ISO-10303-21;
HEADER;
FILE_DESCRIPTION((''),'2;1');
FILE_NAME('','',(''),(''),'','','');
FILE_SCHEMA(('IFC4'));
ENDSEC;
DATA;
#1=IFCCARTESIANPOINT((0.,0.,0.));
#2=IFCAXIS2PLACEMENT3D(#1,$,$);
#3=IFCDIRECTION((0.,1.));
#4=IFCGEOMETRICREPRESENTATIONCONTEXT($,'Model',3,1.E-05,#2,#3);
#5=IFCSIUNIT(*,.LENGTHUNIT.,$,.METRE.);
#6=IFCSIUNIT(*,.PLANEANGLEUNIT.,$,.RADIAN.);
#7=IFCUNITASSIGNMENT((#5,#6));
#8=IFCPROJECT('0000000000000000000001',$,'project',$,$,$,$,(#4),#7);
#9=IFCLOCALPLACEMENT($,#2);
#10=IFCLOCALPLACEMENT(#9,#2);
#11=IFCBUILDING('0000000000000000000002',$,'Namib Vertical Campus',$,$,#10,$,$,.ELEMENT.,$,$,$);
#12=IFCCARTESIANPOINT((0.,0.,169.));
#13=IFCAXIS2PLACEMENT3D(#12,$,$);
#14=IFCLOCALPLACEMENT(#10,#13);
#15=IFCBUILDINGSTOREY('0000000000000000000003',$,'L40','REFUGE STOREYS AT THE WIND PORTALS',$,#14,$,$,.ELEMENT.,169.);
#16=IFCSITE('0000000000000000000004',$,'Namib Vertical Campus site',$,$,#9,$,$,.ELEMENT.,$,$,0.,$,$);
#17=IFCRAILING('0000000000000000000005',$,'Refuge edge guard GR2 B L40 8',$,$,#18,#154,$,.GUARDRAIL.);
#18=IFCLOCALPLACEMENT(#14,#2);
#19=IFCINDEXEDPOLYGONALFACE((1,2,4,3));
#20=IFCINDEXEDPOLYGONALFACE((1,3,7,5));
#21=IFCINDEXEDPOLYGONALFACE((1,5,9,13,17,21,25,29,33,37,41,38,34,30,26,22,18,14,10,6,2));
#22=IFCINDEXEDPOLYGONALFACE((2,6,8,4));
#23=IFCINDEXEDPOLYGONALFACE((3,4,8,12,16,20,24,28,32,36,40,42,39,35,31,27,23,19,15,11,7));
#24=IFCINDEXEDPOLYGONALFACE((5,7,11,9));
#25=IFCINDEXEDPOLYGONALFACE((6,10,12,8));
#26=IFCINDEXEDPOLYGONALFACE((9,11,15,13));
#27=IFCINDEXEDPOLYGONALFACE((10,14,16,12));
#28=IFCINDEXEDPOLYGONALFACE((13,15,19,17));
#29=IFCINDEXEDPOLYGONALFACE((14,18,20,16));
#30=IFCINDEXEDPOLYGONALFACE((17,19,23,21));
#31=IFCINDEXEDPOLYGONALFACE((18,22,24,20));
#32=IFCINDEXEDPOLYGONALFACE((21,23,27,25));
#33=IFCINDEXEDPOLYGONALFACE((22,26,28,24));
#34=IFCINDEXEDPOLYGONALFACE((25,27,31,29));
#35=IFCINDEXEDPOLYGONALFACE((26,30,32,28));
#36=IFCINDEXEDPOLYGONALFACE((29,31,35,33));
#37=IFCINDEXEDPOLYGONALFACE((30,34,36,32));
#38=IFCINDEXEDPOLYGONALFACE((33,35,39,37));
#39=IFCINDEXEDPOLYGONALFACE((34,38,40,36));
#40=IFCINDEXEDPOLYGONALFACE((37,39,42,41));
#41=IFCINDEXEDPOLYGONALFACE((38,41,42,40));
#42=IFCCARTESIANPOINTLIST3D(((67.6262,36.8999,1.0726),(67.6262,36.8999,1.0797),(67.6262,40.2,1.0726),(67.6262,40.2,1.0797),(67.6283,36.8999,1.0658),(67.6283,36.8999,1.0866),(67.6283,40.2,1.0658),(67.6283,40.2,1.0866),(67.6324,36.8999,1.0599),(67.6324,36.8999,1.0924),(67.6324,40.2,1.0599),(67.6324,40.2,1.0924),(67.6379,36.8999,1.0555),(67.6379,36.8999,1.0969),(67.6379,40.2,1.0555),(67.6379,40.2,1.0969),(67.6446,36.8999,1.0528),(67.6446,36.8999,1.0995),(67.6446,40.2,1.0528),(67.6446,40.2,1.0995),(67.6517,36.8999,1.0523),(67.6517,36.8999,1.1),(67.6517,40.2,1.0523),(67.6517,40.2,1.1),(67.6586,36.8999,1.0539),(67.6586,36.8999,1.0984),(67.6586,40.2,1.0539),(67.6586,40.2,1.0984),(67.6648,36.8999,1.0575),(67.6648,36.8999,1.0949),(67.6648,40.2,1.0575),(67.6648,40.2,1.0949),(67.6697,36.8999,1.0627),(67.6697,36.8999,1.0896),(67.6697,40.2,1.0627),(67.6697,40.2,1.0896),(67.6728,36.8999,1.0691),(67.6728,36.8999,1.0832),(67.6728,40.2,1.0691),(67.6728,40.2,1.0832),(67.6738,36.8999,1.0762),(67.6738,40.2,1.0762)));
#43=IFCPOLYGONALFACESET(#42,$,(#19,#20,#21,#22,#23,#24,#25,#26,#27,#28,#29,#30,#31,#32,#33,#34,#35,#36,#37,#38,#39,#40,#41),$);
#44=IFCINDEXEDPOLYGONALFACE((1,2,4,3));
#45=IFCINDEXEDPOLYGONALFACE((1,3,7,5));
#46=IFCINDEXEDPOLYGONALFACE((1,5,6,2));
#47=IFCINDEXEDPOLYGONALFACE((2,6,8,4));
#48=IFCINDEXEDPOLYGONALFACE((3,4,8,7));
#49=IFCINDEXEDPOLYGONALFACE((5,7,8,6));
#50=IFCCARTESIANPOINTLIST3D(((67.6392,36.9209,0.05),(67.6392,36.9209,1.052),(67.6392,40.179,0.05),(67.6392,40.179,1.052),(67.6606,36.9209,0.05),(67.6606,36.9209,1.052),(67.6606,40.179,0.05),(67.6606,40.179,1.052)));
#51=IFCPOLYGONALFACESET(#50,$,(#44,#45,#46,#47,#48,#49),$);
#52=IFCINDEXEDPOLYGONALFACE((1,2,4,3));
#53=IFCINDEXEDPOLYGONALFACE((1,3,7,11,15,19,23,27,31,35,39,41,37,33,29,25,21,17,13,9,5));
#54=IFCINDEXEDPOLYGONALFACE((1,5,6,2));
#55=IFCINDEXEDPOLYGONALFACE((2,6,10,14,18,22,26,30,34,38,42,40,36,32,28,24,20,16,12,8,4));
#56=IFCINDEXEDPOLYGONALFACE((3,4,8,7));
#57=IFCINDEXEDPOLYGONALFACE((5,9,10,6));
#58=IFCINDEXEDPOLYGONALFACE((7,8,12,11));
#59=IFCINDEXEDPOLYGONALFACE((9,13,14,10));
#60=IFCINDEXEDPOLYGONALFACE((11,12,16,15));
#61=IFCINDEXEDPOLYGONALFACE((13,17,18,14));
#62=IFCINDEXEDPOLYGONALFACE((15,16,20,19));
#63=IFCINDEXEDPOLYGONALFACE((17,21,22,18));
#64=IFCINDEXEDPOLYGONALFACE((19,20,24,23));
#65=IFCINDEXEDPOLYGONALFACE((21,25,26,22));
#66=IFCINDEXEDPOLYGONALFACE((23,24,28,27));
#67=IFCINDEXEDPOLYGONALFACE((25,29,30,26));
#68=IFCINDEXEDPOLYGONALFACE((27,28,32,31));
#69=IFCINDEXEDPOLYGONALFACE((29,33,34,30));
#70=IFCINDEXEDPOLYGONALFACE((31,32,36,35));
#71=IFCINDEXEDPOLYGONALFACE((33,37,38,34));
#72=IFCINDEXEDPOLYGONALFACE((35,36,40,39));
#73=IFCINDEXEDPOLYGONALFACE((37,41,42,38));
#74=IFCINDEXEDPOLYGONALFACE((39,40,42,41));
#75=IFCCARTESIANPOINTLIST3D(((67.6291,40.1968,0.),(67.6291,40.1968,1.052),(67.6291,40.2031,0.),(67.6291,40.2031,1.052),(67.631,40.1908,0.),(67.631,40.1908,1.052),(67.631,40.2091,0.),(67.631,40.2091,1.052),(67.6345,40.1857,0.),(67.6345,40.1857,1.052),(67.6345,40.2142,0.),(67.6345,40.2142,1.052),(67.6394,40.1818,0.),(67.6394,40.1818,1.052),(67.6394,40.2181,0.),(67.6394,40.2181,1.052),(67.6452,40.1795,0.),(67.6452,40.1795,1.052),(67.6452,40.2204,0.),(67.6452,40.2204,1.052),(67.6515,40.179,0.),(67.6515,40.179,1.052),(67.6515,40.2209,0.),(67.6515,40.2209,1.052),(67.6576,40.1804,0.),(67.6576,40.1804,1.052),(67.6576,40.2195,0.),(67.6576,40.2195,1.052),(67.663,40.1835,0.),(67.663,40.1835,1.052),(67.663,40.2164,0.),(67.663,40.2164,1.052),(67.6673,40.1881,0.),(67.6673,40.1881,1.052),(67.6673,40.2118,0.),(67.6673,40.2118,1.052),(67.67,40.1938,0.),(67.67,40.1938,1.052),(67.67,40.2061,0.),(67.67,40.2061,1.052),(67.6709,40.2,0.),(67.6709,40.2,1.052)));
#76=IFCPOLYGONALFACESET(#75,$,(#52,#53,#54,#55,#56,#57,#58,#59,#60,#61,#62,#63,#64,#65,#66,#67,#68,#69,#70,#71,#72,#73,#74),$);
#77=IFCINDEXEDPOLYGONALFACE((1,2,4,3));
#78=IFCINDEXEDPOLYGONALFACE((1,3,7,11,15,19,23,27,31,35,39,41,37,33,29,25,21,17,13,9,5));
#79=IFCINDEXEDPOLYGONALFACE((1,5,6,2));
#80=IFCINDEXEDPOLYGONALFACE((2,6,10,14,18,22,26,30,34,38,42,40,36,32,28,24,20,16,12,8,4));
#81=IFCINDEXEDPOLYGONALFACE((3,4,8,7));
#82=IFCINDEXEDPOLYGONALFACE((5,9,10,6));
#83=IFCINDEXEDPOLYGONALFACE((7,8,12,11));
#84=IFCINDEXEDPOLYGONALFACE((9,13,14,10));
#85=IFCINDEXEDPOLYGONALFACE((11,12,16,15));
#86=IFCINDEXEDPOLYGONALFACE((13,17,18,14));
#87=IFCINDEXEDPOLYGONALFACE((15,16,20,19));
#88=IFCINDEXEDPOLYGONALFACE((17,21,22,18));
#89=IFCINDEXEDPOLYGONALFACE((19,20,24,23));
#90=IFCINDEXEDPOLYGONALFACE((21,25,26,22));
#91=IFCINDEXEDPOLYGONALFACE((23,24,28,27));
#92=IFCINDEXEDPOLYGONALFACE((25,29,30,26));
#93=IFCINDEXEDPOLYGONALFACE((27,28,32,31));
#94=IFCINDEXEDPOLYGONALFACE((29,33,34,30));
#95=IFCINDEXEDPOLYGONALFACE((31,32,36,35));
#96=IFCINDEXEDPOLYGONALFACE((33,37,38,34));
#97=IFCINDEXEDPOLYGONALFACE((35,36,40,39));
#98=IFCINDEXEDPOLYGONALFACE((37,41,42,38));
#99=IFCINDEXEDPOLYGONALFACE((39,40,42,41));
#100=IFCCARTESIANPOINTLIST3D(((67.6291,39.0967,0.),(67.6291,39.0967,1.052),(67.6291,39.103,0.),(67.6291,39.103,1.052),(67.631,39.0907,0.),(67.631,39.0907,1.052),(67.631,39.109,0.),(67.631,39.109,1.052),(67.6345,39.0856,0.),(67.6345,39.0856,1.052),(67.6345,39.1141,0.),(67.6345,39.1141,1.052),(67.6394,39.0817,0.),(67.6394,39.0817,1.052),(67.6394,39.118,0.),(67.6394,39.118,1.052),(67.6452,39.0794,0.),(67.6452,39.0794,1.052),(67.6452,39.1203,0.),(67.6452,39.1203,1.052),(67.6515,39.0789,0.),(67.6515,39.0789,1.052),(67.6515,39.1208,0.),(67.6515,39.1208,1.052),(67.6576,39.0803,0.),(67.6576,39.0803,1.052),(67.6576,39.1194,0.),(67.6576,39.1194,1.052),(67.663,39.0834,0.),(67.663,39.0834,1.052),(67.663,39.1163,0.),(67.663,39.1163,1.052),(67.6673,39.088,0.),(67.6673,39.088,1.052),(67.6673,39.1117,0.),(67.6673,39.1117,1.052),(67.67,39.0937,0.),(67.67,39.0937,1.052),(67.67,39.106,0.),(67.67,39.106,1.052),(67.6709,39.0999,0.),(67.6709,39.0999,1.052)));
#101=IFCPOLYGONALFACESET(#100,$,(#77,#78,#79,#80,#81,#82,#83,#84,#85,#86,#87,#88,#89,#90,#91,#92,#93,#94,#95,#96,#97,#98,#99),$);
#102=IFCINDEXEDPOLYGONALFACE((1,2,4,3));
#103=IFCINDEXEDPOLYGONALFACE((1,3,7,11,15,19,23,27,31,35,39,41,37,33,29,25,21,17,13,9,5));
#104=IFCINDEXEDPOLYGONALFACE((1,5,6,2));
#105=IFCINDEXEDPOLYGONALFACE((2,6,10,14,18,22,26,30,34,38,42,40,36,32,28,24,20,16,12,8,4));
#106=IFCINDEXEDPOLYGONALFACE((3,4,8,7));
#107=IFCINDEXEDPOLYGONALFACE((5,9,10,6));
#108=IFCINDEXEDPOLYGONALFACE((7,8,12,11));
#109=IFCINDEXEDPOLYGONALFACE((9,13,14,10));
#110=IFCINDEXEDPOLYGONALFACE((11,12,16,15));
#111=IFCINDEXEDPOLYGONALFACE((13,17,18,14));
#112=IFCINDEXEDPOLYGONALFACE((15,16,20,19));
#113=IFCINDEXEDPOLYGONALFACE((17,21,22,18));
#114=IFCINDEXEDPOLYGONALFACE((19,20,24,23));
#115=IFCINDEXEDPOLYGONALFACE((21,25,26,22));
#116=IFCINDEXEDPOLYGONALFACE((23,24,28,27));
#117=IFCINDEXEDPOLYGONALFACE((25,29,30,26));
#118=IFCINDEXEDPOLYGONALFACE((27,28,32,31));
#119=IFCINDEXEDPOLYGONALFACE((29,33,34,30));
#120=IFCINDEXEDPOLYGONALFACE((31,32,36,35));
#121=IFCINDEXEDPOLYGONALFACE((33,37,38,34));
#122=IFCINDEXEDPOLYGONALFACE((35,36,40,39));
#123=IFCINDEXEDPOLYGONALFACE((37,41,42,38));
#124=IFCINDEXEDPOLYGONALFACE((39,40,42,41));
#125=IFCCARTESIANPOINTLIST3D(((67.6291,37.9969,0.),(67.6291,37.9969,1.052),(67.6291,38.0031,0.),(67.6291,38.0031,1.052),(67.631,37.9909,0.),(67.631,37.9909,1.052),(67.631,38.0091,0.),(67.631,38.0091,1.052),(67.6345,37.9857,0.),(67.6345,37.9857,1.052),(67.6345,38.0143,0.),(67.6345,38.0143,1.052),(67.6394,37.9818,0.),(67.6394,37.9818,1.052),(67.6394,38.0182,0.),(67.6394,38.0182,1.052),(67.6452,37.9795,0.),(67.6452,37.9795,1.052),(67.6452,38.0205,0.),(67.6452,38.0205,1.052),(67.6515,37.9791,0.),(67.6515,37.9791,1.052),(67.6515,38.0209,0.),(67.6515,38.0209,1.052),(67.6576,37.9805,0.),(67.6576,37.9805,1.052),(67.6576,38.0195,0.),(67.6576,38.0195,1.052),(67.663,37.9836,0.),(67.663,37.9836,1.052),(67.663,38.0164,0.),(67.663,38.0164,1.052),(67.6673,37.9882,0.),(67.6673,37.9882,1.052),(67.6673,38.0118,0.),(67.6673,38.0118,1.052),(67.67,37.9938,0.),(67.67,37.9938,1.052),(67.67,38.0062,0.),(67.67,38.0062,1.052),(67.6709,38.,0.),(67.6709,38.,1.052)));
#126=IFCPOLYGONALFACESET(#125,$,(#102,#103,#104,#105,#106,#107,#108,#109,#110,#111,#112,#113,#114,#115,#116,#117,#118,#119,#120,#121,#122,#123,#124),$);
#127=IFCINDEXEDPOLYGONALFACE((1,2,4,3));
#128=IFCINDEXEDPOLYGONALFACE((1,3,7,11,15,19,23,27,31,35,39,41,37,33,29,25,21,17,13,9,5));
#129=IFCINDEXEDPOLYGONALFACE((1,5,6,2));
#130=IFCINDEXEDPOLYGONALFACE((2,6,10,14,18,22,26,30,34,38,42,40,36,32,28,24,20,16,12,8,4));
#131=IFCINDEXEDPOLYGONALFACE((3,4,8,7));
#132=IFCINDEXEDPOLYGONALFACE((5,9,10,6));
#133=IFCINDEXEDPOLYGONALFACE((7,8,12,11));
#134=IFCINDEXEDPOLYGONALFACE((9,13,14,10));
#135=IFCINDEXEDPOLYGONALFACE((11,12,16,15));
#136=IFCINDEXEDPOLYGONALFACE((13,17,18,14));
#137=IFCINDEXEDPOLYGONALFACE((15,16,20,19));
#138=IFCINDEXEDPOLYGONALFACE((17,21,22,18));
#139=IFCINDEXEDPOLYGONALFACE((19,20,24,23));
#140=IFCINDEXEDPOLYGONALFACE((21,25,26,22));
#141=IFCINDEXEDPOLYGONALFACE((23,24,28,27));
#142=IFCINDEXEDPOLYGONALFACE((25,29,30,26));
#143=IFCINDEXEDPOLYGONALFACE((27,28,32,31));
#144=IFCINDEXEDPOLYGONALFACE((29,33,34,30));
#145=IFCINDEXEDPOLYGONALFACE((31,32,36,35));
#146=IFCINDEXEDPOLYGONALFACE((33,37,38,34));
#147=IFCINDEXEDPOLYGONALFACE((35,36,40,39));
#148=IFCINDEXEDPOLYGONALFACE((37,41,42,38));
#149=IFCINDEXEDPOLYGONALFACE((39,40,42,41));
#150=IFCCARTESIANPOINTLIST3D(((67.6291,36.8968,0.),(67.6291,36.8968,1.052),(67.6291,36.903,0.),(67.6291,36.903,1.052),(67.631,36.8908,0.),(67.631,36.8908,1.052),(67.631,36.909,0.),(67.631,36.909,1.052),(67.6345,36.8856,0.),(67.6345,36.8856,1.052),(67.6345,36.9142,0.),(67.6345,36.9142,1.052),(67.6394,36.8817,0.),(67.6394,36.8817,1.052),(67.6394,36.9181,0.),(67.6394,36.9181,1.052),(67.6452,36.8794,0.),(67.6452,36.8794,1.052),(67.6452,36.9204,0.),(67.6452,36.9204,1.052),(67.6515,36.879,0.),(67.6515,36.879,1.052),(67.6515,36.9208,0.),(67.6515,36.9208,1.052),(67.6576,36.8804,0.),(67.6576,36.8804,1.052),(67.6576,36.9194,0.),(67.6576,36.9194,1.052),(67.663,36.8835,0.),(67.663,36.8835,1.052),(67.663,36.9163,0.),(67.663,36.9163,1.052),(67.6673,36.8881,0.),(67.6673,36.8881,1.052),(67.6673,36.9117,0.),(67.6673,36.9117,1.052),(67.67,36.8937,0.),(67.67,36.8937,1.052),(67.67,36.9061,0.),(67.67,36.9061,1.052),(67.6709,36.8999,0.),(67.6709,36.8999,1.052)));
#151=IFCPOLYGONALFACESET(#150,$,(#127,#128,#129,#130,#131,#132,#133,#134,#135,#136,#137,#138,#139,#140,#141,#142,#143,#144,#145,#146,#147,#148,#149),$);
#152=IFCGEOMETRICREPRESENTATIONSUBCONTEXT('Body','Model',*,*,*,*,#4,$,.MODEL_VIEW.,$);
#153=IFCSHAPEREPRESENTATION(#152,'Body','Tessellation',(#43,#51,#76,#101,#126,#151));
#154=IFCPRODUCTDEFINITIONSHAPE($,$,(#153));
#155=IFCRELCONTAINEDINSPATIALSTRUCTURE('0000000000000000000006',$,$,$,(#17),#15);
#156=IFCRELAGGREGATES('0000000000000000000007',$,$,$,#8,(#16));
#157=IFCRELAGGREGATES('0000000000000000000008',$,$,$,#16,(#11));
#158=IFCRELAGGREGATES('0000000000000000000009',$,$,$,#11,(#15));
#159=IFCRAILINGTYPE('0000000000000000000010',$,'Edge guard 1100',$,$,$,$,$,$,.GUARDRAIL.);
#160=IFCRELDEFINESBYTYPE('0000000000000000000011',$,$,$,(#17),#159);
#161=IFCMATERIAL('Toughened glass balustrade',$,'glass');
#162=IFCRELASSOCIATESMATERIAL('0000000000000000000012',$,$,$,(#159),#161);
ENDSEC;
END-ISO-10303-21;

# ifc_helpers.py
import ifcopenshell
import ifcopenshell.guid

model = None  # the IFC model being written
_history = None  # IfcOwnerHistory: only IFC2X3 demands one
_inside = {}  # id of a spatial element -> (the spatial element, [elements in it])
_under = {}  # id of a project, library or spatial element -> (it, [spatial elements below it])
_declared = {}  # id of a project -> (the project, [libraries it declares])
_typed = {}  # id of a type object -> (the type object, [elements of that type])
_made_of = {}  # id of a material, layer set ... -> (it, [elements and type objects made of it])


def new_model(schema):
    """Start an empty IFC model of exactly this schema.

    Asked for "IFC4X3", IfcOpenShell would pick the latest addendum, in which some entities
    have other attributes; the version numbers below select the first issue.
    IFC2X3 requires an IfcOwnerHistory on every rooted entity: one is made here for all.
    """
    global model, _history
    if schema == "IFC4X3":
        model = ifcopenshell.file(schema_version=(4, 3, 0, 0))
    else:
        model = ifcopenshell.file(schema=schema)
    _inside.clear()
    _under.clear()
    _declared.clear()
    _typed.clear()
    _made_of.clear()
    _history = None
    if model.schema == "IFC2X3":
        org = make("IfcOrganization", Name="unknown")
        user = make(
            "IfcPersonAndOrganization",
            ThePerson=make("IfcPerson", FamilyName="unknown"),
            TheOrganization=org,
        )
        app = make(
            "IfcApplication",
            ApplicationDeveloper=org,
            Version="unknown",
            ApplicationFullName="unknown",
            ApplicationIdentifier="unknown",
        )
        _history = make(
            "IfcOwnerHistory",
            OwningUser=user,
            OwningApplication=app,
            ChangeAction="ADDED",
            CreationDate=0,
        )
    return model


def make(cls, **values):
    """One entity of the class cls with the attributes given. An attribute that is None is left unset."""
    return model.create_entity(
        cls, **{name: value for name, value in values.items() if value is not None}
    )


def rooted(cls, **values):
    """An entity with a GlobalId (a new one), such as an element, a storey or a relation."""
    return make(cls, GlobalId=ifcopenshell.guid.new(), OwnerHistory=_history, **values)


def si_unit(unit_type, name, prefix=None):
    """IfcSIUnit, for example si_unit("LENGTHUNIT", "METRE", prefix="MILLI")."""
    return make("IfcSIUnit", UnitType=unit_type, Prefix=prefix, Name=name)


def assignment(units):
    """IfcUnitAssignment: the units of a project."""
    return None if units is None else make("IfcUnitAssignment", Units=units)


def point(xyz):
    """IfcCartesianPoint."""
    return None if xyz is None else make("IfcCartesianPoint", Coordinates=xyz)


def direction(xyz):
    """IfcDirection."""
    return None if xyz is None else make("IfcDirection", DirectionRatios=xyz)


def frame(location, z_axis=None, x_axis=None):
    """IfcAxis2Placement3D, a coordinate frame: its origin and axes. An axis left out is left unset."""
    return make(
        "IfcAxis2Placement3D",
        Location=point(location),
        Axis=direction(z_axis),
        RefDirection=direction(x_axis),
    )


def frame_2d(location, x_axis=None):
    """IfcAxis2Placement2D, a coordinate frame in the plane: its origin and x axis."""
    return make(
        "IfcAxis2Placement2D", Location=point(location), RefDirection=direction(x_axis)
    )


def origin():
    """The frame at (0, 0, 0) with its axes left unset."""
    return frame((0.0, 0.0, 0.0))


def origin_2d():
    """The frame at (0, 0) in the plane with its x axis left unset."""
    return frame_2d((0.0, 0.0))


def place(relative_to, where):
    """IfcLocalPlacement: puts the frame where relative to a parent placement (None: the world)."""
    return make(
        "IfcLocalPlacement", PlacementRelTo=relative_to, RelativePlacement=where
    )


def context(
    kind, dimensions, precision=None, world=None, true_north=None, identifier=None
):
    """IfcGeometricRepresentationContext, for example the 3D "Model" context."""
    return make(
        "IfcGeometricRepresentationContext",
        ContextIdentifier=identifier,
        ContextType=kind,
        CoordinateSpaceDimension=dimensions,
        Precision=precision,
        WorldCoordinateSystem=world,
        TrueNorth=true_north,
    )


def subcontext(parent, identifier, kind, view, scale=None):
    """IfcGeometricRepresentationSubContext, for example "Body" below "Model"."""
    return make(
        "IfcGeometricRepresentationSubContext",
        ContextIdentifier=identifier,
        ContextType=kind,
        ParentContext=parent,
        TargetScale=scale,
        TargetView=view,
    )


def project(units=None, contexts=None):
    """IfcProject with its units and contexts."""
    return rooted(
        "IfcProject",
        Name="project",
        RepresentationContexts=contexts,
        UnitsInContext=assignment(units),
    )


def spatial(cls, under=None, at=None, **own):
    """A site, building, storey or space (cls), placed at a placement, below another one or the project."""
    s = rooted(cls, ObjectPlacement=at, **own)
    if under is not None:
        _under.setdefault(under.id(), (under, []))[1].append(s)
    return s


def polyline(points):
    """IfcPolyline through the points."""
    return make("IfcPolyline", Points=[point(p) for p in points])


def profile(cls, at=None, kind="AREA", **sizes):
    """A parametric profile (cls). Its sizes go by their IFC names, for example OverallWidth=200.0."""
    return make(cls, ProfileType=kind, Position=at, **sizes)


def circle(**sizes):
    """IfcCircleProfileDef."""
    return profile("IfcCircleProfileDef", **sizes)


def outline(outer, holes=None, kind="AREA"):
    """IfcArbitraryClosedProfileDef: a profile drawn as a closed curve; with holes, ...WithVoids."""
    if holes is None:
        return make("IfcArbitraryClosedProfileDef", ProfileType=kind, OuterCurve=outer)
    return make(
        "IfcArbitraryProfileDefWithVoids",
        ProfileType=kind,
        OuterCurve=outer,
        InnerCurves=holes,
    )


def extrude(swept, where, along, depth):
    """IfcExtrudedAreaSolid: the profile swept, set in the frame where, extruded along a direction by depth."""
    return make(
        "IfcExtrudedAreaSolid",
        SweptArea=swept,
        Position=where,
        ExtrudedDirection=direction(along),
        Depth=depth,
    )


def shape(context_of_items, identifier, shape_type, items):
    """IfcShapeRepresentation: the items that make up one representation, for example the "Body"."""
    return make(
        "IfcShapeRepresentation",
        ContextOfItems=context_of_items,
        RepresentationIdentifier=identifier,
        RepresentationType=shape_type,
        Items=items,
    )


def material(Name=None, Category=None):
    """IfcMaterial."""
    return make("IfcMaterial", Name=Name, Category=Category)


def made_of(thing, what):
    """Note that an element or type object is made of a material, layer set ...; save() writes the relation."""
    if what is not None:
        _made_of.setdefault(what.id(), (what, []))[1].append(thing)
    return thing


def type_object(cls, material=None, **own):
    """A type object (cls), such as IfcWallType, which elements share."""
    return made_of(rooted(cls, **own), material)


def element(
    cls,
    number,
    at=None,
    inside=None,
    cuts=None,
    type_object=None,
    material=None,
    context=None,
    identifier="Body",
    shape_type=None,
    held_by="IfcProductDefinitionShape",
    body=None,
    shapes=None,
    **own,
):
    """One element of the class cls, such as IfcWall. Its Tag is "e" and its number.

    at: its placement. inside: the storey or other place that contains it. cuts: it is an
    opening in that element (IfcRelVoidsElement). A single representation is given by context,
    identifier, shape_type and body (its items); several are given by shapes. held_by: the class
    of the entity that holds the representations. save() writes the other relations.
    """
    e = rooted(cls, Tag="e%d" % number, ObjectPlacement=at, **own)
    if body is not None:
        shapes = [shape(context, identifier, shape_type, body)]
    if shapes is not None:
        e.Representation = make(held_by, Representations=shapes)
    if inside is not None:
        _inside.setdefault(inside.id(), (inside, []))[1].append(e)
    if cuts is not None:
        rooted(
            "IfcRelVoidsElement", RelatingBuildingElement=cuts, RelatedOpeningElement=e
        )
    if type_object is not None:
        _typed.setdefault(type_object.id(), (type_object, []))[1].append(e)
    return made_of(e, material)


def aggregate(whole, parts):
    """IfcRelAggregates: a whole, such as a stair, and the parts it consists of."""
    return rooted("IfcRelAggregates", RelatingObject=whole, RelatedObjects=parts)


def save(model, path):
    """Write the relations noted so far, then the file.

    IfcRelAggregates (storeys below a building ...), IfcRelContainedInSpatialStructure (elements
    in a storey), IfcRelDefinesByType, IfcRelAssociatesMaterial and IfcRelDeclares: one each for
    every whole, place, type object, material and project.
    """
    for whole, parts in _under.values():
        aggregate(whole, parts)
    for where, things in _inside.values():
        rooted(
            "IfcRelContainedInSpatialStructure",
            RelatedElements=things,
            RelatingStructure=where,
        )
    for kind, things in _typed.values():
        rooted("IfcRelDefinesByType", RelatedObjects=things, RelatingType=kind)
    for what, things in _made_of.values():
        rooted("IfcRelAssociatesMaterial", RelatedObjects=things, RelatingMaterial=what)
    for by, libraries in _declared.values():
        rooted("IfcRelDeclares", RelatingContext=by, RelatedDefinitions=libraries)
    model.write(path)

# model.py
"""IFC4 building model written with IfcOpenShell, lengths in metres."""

from ifc_helpers import new_model, si_unit, direction, frame, origin, origin_2d, place, context, subcontext, project, spatial, polyline, circle, outline, extrude, material, type_object, element, save


model = new_model("IFC4")

# Units and contexts
model_context = context("Model", 3, precision=1e-05, world=origin(), true_north=direction((0.0, 1.0)))
body_context = subcontext(model_context, "Body", "Model", "MODEL_VIEW")
ifc_project = project(units=[si_unit("LENGTHUNIT", "METRE"), si_unit("PLANEANGLEUNIT", "RADIAN")], contexts=[model_context])

# Site, building, storey
site_placement = place(None, origin())
site = spatial("IfcSite", under=ifc_project, at=site_placement, Name="Namib Vertical Campus site", CompositionType="ELEMENT", RefElevation=0.0)
building_placement = place(site_placement, origin())
building = spatial("IfcBuilding", under=site, at=building_placement, Name="Namib Vertical Campus", CompositionType="ELEMENT")
storey_placement = place(building_placement, frame((0.0, 0.0, 169.0)))
storey = spatial("IfcBuildingStorey", under=building, at=storey_placement, Name="L40", Description="REFUGE STOREYS AT THE WIND PORTALS", CompositionType="ELEMENT", Elevation=169.0)

# Railing
ifc_material_1 = material(Name="Toughened glass balustrade", Category="glass")
railing_type = type_object("IfcRailingType", Name="Edge guard 1100", PredefinedType="GUARDRAIL", material=ifc_material_1)
railing_1_placement = place(storey_placement, frame((67.6499, 40.2, 0.0)))
element("IfcRailing", 1, at=railing_1_placement, inside=storey, type_object=railing_type, Name="Refuge edge guard GR2 B L40 8", PredefinedType="GUARDRAIL", context=body_context, shape_type="SweptSolid", body=[
    extrude(circle(Radius=0.0239, at=origin_2d()), frame((0.0, 0.0, 1.0762), z_axis=(0.0, -1.0, 0.0), x_axis=(1.0, 0.0, 0.0)), (0.0, 0.0, 1.0), 3.3),
    extrude(outline(polyline([(0.021, 0.05), (3.2791, 0.05), (3.2791, 1.052), (0.021, 1.052), (0.021, 0.05)])), frame((0.0107, 0.0, 0.0), z_axis=(-1.0, 0.0, 0.0), x_axis=(0.0, -1.0, 0.0)), (0.0, 0.0, 1.0), 0.0215),
    extrude(circle(Radius=0.021, at=origin_2d()), origin(), (0.0, 0.0, 1.0), 1.052),
    extrude(circle(Radius=0.021, at=origin_2d()), frame((0.0, -1.1001, 0.0)), (0.0, 0.0, 1.0), 1.052),
    extrude(circle(Radius=0.021, at=origin_2d()), frame((0.0, -2.2, 0.0)), (0.0, 0.0, 1.0), 1.052),
    extrude(circle(Radius=0.021, at=origin_2d()), frame((0.0, -3.3, 0.0)), (0.0, 0.0, 1.0), 1.052),
])

save(model, "model.ifc")
